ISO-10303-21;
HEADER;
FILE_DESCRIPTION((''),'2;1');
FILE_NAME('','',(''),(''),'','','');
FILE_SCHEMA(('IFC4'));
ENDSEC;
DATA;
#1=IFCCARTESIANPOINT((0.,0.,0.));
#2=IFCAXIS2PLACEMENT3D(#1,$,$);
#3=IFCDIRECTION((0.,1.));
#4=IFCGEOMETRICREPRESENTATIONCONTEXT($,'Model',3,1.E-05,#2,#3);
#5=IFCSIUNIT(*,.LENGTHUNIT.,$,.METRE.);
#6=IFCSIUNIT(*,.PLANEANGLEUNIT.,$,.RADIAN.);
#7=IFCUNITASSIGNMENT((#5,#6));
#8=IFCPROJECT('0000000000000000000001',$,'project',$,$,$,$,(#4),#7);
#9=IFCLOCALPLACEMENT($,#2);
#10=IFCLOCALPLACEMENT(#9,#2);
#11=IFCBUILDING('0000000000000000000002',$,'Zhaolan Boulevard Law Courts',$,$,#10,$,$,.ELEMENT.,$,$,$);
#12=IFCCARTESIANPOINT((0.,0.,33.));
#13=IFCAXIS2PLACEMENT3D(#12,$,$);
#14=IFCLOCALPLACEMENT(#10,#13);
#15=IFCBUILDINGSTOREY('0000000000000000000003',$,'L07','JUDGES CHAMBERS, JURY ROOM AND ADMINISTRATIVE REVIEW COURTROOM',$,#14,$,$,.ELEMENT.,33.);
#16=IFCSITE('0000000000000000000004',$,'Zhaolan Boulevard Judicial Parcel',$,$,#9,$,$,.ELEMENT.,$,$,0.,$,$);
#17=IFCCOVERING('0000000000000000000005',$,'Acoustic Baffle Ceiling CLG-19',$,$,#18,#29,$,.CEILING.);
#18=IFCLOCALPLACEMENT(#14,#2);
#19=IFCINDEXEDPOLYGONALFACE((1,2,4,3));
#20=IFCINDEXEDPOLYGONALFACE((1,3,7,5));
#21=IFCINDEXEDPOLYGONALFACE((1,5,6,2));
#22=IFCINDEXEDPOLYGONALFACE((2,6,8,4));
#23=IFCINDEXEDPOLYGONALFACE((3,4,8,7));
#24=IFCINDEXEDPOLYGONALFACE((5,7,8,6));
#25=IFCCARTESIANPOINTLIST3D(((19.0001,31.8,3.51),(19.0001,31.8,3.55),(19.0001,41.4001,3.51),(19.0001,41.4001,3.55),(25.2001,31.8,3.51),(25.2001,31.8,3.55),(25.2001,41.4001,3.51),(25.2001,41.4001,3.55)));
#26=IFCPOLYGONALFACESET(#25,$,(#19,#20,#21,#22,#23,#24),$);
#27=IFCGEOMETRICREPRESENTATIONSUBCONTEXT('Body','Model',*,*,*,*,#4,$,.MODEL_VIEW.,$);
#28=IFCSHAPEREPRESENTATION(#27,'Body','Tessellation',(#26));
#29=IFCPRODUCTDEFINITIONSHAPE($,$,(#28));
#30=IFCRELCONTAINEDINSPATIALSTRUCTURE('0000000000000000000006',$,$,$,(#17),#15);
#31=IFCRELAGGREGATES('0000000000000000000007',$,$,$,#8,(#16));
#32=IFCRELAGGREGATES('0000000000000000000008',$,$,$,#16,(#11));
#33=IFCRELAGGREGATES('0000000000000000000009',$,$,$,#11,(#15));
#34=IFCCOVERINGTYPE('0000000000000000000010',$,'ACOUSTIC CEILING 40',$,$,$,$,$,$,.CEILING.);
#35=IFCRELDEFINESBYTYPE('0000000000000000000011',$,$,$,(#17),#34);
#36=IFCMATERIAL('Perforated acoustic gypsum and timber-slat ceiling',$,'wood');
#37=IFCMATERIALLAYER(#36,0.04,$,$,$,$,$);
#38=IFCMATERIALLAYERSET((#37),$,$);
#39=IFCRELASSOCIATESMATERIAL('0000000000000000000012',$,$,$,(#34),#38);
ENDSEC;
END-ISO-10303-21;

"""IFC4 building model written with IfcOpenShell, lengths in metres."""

from ifc_helpers import new_model, si_unit, direction, frame, origin, origin_2d, place, context, subcontext, project, spatial, rectangle, extrude, material, layer, layer_set, type_object, element, save


model = new_model("IFC4")

# Units and contexts
model_context = context("Model", 3, precision=1e-05, world=origin(), true_north=direction((0.0, 1.0)))
body_context = subcontext(model_context, "Body", "Model", "MODEL_VIEW")
ifc_project = project(units=[si_unit("LENGTHUNIT", "METRE"), si_unit("PLANEANGLEUNIT", "RADIAN")], contexts=[model_context])

# Site, building, storey
site_placement = place(None, origin())
site = spatial("IfcSite", under=ifc_project, at=site_placement, Name="Zhaolan Boulevard Judicial Parcel", CompositionType="ELEMENT", RefElevation=0.0)
building_placement = place(site_placement, origin())
building = spatial("IfcBuilding", under=site, at=building_placement, Name="Zhaolan Boulevard Law Courts", CompositionType="ELEMENT")
storey_placement = place(building_placement, frame((0.0, 0.0, 33.0)))
storey = spatial("IfcBuildingStorey", under=building, at=storey_placement, Name="L07", Description="JUDGES CHAMBERS, JURY ROOM AND ADMINISTRATIVE REVIEW COURTROOM", CompositionType="ELEMENT", Elevation=33.0)

# Covering
ifc_material_1 = material(Name="Perforated acoustic gypsum and timber-slat ceiling", Category="wood")
ifc_layer_1 = layer(ifc_material_1, 0.04)
ifc_layer_set_1 = layer_set([ifc_layer_1])
covering_type = type_object("IfcCoveringType", Name="ACOUSTIC CEILING 40", PredefinedType="CEILING", material=ifc_layer_set_1)
covering_placement = place(storey_placement, frame((22.1001, 36.6001, 3.51), z_axis=(0.0, 0.0, 1.0), x_axis=(1.0, 0.0, 0.0)))
element("IfcCovering", 1, at=covering_placement, inside=storey, type_object=covering_type, Name="Acoustic Baffle Ceiling CLG-19", PredefinedType="CEILING", context=body_context, shape_type="SweptSolid", body=[
    extrude(rectangle(XDim=6.2, YDim=9.6001, at=origin_2d()), origin(), (0.0, 0.0, 1.0), 0.04),
])

save(model, "model.ifc")
